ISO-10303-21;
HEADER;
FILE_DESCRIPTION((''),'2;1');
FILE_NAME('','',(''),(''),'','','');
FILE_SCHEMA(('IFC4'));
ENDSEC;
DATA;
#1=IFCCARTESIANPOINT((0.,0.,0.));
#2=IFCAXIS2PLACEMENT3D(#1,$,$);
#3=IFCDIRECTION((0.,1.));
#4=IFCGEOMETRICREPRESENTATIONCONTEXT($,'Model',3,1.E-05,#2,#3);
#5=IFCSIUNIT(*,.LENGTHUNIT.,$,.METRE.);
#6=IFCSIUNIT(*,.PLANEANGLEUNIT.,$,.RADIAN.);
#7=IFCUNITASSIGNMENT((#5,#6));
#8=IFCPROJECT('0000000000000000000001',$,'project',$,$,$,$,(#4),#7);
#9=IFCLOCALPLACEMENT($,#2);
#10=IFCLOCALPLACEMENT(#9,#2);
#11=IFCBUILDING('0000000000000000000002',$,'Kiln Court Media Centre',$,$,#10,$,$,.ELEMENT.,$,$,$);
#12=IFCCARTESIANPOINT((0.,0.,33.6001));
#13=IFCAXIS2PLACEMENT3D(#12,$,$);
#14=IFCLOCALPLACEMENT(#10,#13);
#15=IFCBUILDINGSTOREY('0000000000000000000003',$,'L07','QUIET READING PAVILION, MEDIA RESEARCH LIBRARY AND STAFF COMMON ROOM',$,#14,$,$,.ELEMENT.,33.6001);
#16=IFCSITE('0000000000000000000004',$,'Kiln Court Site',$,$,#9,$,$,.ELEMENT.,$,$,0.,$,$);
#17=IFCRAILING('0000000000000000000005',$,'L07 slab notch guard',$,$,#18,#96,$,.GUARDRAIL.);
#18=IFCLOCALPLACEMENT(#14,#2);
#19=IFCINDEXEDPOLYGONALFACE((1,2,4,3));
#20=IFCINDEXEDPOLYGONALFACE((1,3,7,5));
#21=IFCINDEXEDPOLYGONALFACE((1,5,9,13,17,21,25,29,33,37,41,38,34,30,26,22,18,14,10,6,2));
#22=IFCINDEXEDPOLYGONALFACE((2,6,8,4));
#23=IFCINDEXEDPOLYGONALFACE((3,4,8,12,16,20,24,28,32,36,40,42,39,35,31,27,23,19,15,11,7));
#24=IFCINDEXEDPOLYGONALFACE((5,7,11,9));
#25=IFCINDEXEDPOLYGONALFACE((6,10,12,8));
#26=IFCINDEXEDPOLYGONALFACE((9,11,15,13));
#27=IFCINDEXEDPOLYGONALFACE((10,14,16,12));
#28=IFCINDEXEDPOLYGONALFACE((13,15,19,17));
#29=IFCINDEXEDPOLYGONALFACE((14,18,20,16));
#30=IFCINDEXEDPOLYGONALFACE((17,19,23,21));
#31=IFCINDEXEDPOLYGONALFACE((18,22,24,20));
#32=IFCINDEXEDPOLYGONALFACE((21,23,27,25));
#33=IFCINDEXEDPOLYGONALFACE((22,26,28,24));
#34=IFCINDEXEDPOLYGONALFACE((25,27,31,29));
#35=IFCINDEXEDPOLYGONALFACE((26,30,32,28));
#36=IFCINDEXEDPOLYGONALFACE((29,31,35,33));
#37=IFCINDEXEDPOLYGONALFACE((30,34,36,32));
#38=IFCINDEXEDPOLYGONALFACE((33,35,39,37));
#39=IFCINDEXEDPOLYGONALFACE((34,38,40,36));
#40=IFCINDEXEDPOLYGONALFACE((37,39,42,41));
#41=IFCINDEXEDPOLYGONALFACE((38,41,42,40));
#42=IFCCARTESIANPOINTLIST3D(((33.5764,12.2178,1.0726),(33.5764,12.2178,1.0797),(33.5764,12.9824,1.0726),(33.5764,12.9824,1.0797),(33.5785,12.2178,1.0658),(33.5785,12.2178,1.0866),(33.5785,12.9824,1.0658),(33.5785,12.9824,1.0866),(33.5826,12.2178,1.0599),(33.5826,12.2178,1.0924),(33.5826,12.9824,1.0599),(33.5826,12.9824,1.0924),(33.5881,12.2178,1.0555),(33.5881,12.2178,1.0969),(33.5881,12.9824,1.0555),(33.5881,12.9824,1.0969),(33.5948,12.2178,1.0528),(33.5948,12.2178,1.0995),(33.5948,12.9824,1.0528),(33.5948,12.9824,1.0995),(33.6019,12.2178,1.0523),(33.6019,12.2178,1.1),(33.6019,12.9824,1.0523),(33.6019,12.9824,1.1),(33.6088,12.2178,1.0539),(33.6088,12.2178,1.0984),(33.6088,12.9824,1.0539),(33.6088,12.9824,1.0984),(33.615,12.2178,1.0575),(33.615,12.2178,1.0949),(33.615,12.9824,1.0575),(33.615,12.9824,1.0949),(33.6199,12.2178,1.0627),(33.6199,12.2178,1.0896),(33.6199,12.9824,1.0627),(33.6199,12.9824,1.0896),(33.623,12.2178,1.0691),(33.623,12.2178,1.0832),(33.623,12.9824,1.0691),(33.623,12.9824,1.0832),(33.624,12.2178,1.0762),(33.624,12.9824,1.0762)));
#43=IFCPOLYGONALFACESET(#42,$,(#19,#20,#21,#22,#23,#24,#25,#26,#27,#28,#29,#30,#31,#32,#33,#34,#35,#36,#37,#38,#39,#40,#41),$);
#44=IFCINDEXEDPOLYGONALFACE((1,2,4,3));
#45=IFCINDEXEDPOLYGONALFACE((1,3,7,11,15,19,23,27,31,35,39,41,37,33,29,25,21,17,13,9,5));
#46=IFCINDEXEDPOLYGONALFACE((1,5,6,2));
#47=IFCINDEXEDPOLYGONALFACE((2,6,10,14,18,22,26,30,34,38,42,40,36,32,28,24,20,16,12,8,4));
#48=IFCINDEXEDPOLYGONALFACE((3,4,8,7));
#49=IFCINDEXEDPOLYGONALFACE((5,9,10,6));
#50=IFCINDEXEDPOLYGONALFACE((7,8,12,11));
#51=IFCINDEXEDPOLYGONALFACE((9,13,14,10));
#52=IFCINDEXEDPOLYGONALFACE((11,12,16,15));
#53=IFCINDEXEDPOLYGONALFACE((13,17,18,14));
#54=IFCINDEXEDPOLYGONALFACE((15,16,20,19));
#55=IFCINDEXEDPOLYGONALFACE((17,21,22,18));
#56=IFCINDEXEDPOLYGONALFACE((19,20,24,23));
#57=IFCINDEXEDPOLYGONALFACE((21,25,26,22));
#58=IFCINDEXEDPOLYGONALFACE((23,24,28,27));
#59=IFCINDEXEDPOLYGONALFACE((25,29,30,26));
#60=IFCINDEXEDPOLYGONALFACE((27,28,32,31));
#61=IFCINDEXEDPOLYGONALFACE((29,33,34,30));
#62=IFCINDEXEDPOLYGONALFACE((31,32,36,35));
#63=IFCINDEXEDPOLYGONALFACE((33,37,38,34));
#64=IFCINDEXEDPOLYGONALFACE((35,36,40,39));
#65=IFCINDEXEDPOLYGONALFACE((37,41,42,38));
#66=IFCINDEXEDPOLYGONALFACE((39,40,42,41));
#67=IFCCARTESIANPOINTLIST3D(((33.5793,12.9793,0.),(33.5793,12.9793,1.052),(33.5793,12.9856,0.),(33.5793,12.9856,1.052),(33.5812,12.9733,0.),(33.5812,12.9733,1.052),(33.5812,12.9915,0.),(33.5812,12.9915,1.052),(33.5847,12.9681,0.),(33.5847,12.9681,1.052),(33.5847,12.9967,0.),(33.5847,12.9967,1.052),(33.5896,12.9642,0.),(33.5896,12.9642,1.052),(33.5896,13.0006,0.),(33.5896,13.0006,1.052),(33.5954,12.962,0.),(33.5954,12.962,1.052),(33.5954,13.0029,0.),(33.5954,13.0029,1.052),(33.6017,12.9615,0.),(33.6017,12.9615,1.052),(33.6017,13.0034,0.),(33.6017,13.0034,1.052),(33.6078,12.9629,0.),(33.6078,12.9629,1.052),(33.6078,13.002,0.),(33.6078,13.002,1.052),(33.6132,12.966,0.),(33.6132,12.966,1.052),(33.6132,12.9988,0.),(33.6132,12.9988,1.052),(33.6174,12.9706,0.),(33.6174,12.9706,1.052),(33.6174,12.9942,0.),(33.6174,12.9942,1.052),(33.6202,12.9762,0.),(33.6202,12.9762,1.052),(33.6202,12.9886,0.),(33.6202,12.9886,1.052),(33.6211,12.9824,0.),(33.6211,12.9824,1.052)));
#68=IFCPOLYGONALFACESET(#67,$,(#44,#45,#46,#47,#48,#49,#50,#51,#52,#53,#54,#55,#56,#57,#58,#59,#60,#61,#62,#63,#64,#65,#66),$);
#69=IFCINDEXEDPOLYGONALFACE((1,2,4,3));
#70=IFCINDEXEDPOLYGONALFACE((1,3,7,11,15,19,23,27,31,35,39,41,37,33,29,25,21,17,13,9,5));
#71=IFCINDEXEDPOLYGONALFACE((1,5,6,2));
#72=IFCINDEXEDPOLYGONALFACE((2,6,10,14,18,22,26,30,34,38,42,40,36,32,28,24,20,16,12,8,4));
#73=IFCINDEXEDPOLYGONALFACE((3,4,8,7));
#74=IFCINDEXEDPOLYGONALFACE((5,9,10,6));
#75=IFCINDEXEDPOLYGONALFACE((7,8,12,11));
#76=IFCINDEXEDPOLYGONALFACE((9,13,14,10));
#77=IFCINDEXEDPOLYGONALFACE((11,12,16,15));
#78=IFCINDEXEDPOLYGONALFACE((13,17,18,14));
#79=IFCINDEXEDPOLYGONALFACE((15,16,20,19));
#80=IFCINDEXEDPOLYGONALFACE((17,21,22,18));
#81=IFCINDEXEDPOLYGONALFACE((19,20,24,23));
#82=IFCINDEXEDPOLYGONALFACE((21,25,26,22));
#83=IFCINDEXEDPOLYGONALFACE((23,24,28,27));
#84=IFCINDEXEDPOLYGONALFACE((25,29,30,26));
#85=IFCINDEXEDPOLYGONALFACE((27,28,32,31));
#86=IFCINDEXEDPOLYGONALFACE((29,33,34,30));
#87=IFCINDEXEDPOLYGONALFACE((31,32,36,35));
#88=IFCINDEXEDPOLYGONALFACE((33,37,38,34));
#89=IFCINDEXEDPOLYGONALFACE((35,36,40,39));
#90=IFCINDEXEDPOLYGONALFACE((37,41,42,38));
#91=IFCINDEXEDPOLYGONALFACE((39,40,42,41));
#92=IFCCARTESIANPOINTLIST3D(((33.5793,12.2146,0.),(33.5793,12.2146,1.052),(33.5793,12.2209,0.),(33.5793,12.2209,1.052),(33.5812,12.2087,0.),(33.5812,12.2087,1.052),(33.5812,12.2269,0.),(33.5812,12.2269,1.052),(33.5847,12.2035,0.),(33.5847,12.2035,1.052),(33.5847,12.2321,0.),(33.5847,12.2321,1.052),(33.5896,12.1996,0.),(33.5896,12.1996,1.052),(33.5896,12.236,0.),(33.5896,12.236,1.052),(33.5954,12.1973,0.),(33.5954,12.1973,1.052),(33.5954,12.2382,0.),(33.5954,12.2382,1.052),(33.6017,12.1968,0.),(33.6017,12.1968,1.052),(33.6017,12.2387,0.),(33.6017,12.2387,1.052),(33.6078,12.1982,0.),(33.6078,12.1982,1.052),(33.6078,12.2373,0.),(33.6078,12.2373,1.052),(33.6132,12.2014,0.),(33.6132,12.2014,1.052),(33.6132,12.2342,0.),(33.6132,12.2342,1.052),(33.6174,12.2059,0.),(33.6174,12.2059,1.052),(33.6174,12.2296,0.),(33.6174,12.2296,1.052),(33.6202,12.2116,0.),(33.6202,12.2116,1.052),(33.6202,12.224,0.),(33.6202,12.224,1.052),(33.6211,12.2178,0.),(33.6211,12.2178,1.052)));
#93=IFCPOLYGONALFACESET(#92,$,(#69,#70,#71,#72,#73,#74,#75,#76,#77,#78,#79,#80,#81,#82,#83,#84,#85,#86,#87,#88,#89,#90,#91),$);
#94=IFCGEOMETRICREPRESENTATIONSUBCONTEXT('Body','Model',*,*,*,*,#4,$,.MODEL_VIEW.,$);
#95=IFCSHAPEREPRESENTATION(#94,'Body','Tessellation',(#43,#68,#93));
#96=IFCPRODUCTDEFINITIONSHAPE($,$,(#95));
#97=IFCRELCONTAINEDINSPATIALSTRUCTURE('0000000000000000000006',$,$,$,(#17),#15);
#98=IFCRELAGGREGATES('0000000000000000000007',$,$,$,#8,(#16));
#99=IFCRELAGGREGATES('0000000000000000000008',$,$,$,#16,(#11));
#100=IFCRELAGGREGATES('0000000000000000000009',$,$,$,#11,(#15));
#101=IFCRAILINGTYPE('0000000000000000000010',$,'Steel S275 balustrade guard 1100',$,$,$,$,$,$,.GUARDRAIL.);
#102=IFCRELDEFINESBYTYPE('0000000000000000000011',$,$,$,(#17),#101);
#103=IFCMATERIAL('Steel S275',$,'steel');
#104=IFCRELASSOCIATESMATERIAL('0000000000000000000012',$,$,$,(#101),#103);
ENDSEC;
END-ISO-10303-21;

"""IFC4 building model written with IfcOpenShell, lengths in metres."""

from ifc_helpers import new_model, si_unit, direction, frame, origin, origin_2d, place, context, subcontext, project, spatial, circle, extrude, material, type_object, element, save


model = new_model("IFC4")

# Units and contexts
model_context = context("Model", 3, precision=1e-05, world=origin(), true_north=direction((0.0, 1.0)))
body_context = subcontext(model_context, "Body", "Model", "MODEL_VIEW")
ifc_project = project(units=[si_unit("LENGTHUNIT", "METRE"), si_unit("PLANEANGLEUNIT", "RADIAN")], contexts=[model_context])

# Site, building, storey
site_placement = place(None, origin())
site = spatial("IfcSite", under=ifc_project, at=site_placement, Name="Kiln Court Site", CompositionType="ELEMENT", RefElevation=0.0)
building_placement = place(site_placement, origin())
building = spatial("IfcBuilding", under=site, at=building_placement, Name="Kiln Court Media Centre", CompositionType="ELEMENT")
storey_placement = place(building_placement, frame((0.0, 0.0, 33.6001)))
storey = spatial("IfcBuildingStorey", under=building, at=storey_placement, Name="L07", Description="QUIET READING PAVILION, MEDIA RESEARCH LIBRARY AND STAFF COMMON ROOM", CompositionType="ELEMENT", Elevation=33.6001)

# Railing
ifc_material_1 = material(Name="Steel S275", Category="steel")
railing_type = type_object("IfcRailingType", Name="Steel S275 balustrade guard 1100", PredefinedType="GUARDRAIL", material=ifc_material_1)
railing_placement = place(storey_placement, frame((33.6001, 12.9824, 0.0)))
element("IfcRailing", 1, at=railing_placement, inside=storey, type_object=railing_type, Name="L07 slab notch guard", PredefinedType="GUARDRAIL", context=body_context, shape_type="SweptSolid", body=[
    extrude(circle(Radius=0.0239, at=origin_2d()), frame((0.0, 0.0, 1.0762), z_axis=(0.0, -1.0, 0.0), x_axis=(1.0, 0.0, 0.0)), (0.0, 0.0, 1.0), 0.7646),
    extrude(circle(Radius=0.021, at=origin_2d()), origin(), (0.0, 0.0, 1.0), 1.052),
    extrude(circle(Radius=0.021, at=origin_2d()), frame((0.0, -0.7646, 0.0)), (0.0, 0.0, 1.0), 1.052),
])

save(model, "model.ifc")
